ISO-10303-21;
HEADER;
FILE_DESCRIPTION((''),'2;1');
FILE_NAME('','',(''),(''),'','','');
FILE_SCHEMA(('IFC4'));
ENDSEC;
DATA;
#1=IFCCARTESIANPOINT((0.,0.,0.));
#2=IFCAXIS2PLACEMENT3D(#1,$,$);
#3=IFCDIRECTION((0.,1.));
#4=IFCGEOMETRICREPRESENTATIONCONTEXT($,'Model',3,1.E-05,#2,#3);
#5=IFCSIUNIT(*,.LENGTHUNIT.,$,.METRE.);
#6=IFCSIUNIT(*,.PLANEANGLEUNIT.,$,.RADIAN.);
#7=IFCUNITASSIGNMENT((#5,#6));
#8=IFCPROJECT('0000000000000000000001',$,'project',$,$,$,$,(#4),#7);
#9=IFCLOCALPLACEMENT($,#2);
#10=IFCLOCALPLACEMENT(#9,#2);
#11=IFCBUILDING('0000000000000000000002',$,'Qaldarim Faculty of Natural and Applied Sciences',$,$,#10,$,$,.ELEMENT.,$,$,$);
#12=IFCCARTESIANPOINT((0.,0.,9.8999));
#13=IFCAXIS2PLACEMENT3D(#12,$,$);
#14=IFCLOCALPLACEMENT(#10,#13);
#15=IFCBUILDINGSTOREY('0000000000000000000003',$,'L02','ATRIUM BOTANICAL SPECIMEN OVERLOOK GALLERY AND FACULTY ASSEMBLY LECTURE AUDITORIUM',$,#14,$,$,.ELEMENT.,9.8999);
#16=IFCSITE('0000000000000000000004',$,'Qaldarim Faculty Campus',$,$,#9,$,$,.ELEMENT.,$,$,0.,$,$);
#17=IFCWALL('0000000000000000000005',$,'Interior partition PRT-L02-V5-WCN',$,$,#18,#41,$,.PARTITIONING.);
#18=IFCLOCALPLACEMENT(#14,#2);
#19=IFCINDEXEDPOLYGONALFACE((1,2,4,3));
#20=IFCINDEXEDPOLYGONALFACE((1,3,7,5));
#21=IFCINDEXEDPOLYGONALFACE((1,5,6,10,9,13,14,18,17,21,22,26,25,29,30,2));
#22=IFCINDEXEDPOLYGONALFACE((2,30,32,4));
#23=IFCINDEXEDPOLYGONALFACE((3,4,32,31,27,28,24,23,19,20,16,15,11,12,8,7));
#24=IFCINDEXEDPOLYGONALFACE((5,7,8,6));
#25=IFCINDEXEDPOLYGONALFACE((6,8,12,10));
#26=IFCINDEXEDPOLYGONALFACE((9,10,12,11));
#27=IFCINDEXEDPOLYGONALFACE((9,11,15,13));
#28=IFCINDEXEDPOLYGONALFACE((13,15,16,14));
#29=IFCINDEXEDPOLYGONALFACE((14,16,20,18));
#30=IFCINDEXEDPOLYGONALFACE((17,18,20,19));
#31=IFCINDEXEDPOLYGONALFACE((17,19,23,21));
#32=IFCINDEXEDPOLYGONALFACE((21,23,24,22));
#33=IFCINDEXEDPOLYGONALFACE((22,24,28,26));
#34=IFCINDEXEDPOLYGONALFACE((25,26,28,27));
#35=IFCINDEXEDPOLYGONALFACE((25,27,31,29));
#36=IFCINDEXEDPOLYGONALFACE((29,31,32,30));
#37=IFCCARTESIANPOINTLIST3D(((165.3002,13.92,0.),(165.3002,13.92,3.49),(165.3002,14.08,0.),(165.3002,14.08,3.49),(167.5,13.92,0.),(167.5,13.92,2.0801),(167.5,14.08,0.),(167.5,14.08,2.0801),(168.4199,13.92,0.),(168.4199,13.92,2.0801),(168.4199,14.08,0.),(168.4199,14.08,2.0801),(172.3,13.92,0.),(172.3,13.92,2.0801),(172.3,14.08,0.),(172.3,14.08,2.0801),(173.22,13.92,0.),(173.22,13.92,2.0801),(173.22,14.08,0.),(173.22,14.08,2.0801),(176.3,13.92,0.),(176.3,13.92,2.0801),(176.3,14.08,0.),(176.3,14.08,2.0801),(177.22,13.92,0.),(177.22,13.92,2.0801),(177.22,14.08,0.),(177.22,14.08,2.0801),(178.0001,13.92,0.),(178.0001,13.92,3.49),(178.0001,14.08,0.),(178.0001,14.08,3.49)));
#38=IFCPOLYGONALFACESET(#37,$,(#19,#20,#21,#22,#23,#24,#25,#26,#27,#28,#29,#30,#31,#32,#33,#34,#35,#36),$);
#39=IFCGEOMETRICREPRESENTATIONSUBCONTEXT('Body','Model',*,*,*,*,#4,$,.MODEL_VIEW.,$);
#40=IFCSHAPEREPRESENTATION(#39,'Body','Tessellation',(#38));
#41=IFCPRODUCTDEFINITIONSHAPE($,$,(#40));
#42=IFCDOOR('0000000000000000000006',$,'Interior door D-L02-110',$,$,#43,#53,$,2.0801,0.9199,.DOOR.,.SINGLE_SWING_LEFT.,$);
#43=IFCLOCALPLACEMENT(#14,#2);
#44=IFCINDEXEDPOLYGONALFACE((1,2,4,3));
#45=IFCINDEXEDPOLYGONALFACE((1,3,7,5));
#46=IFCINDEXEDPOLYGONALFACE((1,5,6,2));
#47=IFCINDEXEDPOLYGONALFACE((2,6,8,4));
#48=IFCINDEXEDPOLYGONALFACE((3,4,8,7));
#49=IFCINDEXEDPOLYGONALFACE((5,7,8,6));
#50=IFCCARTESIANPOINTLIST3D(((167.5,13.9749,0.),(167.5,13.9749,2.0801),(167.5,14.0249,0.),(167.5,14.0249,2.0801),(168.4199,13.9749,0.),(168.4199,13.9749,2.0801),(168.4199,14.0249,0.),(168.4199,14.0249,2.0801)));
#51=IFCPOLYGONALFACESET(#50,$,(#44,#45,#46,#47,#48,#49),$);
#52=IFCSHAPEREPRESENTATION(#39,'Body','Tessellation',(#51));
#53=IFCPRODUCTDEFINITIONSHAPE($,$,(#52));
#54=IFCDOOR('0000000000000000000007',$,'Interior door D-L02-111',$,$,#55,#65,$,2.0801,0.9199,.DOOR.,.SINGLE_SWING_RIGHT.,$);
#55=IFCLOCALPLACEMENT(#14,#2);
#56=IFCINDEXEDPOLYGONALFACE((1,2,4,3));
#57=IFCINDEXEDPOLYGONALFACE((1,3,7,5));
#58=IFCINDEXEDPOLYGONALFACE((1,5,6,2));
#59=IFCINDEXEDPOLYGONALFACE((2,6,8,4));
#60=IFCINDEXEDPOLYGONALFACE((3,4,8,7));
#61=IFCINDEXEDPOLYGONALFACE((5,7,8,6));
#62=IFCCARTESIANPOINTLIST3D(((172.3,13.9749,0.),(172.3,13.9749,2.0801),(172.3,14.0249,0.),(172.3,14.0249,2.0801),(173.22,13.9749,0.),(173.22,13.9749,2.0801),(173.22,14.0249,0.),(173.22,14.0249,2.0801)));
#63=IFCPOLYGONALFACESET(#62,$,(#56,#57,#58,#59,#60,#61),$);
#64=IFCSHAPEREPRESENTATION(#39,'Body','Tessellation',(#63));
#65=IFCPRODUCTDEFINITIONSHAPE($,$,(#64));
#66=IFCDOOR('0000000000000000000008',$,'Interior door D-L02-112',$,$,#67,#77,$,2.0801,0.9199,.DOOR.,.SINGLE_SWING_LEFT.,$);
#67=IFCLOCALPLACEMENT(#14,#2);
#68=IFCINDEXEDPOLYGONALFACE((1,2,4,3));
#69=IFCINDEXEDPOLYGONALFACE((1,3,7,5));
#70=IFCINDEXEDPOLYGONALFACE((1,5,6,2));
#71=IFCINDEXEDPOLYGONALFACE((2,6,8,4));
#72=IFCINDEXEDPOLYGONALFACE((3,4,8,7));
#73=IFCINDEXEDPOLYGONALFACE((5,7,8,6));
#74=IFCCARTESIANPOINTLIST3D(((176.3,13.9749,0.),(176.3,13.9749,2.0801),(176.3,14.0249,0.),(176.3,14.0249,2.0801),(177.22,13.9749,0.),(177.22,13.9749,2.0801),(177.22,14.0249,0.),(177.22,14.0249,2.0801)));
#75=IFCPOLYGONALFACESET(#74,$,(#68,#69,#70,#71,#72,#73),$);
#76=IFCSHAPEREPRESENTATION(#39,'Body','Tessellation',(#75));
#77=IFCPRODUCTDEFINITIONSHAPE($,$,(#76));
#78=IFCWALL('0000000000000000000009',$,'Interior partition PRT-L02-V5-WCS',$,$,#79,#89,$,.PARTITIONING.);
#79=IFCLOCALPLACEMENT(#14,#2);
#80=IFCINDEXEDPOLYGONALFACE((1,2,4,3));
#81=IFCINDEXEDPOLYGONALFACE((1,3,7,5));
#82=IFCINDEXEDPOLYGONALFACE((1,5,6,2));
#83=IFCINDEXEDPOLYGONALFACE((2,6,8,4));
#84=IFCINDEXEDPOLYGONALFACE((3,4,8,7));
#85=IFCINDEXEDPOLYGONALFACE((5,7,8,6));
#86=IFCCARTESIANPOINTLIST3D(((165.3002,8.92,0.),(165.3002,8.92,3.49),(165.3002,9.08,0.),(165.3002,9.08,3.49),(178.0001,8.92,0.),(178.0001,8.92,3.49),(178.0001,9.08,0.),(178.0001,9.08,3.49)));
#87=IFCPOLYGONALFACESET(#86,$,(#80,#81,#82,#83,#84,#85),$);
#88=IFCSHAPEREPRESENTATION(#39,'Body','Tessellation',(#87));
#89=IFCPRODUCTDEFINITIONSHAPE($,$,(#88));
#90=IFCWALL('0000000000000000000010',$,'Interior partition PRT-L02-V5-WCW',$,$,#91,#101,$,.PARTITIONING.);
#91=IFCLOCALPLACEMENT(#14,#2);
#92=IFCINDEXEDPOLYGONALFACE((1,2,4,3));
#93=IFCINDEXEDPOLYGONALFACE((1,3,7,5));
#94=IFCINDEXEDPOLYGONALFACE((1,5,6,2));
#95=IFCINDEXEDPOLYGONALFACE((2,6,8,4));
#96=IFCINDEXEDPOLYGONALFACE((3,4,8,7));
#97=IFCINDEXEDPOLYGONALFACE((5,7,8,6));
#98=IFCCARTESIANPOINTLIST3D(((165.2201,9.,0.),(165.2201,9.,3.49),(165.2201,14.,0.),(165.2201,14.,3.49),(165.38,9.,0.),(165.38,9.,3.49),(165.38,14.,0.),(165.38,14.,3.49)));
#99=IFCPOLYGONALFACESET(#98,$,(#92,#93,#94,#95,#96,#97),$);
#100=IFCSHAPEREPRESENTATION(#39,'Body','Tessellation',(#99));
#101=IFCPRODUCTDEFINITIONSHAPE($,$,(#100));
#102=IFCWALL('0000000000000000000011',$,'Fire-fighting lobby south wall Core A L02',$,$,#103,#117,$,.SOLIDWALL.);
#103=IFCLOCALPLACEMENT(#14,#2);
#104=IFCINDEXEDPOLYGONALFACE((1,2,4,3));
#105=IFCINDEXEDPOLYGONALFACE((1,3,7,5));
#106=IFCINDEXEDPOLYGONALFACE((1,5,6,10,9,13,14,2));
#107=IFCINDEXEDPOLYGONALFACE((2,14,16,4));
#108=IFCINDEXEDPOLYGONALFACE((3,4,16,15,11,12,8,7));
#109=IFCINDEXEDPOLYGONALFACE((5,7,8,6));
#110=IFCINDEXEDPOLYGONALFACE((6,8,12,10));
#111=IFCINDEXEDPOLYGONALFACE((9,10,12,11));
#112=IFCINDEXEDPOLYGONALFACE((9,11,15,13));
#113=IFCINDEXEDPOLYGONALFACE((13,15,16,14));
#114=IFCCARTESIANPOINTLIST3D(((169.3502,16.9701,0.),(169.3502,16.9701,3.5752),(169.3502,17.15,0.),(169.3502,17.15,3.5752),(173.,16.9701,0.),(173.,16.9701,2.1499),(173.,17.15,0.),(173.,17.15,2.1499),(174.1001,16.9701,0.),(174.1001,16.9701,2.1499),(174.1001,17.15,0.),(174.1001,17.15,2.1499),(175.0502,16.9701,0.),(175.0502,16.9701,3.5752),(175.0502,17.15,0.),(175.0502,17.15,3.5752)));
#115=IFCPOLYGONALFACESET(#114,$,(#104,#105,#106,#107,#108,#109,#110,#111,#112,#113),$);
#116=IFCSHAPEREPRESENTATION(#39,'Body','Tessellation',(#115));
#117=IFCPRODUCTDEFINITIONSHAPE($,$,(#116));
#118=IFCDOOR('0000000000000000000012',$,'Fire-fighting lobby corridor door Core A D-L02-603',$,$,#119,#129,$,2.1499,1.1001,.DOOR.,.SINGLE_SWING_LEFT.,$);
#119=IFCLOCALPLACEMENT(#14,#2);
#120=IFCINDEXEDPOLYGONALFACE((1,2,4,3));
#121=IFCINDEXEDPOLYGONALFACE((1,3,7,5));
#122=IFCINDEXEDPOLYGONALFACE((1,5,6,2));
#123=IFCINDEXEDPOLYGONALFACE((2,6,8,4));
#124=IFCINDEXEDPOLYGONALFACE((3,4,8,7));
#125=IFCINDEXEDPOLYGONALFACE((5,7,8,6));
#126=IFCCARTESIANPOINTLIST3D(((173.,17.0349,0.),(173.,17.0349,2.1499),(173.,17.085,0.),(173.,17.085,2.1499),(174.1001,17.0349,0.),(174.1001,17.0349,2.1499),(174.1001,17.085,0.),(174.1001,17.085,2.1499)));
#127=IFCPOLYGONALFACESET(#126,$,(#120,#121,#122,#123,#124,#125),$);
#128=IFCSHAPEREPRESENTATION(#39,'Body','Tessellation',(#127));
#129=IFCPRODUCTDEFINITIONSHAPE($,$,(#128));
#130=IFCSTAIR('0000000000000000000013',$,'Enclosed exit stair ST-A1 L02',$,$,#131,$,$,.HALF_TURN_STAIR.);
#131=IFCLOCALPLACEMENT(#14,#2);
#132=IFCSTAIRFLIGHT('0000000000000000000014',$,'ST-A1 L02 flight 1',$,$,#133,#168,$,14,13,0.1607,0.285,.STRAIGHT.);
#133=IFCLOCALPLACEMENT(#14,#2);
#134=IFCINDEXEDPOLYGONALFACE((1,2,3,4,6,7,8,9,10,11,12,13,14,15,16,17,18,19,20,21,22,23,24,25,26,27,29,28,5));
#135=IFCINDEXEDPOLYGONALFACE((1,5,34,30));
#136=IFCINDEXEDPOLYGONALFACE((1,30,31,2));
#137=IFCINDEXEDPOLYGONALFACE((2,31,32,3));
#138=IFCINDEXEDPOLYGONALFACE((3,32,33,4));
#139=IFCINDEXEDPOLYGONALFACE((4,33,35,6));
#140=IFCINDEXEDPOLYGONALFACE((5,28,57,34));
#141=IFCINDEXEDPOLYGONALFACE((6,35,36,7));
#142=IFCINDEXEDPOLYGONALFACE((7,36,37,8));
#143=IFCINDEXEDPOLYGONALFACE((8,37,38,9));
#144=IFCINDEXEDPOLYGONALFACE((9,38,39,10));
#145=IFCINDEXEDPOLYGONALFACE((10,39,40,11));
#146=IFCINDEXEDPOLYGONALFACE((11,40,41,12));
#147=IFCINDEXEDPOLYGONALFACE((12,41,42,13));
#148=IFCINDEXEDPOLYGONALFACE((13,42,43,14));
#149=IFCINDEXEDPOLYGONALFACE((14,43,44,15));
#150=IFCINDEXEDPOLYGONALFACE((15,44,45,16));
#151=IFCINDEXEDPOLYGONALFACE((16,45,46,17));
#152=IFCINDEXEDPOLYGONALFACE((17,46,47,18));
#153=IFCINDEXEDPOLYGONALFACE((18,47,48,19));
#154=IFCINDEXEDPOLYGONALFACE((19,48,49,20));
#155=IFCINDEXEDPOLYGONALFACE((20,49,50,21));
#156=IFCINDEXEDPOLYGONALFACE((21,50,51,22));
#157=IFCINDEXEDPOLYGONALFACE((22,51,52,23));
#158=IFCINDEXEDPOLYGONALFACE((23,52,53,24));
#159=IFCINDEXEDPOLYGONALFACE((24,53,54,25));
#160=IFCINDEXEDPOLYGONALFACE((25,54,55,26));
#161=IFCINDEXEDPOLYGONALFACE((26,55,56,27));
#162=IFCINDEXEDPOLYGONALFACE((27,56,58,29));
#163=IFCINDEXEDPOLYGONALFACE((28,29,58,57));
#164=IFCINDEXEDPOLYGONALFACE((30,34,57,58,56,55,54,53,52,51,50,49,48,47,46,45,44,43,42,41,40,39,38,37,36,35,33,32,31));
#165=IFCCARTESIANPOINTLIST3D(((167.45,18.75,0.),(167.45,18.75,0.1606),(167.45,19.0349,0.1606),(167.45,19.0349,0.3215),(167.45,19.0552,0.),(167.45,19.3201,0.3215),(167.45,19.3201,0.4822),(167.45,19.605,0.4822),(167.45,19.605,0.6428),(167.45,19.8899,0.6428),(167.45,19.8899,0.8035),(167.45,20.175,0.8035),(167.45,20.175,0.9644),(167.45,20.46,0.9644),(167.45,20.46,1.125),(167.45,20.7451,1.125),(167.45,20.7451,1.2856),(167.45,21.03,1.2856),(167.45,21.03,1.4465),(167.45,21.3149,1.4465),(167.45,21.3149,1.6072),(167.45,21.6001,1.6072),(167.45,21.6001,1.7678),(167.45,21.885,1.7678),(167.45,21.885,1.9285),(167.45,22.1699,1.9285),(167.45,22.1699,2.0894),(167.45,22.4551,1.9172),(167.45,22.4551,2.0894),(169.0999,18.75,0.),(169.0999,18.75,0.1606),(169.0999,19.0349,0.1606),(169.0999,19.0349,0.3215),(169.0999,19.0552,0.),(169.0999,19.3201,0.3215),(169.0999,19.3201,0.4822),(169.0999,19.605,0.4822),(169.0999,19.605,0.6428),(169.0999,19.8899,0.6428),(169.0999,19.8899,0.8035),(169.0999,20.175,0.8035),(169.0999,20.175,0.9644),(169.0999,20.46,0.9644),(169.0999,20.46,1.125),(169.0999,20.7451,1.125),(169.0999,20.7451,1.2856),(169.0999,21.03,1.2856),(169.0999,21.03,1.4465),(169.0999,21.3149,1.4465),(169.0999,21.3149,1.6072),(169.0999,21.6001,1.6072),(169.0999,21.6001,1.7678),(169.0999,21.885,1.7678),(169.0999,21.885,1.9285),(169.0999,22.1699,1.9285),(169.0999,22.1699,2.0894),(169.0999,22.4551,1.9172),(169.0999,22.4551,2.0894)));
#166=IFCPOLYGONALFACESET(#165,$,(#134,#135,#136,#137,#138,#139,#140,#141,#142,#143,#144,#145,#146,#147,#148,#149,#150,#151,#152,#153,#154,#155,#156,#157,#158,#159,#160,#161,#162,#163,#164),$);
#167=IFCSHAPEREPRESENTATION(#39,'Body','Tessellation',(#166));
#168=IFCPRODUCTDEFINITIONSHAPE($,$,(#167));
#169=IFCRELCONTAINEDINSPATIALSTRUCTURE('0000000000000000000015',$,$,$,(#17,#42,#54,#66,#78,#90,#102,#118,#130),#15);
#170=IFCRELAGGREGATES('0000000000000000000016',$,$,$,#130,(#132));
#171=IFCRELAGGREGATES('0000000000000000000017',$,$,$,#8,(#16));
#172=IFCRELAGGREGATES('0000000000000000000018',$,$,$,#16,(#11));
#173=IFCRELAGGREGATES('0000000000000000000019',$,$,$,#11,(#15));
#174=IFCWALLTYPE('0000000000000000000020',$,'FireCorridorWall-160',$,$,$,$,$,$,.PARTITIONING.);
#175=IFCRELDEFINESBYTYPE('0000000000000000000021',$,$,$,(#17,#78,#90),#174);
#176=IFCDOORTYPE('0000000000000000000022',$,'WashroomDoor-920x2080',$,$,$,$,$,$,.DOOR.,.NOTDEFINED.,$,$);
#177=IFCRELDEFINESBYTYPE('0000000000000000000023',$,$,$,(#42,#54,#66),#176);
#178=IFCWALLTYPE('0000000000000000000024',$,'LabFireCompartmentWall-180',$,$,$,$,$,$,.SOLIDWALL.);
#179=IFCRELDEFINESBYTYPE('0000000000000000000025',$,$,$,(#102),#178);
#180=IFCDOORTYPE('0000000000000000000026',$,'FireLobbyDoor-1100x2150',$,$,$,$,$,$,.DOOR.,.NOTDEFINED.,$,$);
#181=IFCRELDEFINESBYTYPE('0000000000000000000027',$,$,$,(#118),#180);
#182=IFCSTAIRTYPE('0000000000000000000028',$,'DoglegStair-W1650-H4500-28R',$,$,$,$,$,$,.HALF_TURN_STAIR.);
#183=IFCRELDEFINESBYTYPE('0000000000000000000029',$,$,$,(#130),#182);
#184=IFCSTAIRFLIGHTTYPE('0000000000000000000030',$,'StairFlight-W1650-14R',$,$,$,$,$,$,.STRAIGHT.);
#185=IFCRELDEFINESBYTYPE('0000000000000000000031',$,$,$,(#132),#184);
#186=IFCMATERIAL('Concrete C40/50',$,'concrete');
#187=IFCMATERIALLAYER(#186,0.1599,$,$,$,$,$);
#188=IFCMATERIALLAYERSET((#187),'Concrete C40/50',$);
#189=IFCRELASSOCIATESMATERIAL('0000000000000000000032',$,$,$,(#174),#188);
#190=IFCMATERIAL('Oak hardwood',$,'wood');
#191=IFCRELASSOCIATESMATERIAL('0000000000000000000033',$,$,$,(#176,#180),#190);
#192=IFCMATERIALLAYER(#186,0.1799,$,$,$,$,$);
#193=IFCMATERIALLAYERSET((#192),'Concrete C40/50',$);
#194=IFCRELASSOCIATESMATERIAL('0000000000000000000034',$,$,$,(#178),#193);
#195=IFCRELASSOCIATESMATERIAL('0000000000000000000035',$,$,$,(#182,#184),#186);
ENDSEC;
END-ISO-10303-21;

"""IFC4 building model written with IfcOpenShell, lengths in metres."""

from ifc_helpers import new_model, si_unit, direction, frame, frame_2d, origin, place, context, subcontext, project, spatial, polyline, rectangle, outline, extrude, material, layer, layer_set, type_object, element, fill, aggregate, save


model = new_model("IFC4")

# Units and contexts
model_context = context("Model", 3, precision=1e-05, world=origin(), true_north=direction((0.0, 1.0)))
body_context = subcontext(model_context, "Body", "Model", "MODEL_VIEW")
ifc_project = project(units=[si_unit("LENGTHUNIT", "METRE"), si_unit("PLANEANGLEUNIT", "RADIAN")], contexts=[model_context])

# Site, building, storey
site_placement = place(None, origin())
site = spatial("IfcSite", under=ifc_project, at=site_placement, Name="Qaldarim Faculty Campus", CompositionType="ELEMENT", RefElevation=0.0)
building_placement = place(site_placement, origin())
building = spatial("IfcBuilding", under=site, at=building_placement, Name="Qaldarim Faculty of Natural and Applied Sciences", CompositionType="ELEMENT")
storey_placement = place(building_placement, frame((0.0, 0.0, 9.8999)))
storey = spatial("IfcBuildingStorey", under=building, at=storey_placement, Name="L02", Description="ATRIUM BOTANICAL SPECIMEN OVERLOOK GALLERY AND FACULTY ASSEMBLY LECTURE AUDITORIUM", CompositionType="ELEMENT", Elevation=9.8999)

# Shared definitions
ifc_material_1 = material(Name="Concrete C40/50", Category="concrete")

# Wall, openings, doors
ifc_layer_1 = layer(ifc_material_1, 0.1599)
ifc_layer_set_1 = layer_set([ifc_layer_1], Name="Concrete C40/50")
wall_type_1 = type_object("IfcWallType", Name="FireCorridorWall-160", PredefinedType="PARTITIONING", material=ifc_layer_set_1)
wall_1_placement = place(storey_placement, frame((165.3, 14.0, 0.0), z_axis=(0.0, 0.0, 1.0), x_axis=(1.0, 0.0, 0.0)))
wall_1 = element("IfcWall", 1, at=wall_1_placement, inside=storey, type_object=wall_type_1, Name="Interior partition PRT-L02-V5-WCN", PredefinedType="PARTITIONING", context=body_context, shape_type="SweptSolid", body=[
    extrude(rectangle(XDim=12.7, YDim=0.1599, at=frame_2d((6.3501, 0.0))), origin(), (0.0, 0.0, 1.0), 3.49),
])
opening_1_placement = place(wall_1_placement, frame((2.2, 0.0, 0.0)))
opening_1 = element("IfcOpeningElement", 2, at=opening_1_placement, cuts=wall_1, PredefinedType="OPENING", context=body_context, shape_type="SweptSolid", body=[
    extrude(rectangle(XDim=0.9199, YDim=2.0801, at=frame_2d((0.46, 1.04))), frame((0.0, 0.0898, 0.0), z_axis=(0.0, -1.0, 0.0), x_axis=(1.0, 0.0, 0.0)), (0.0, 0.0, 1.0), 0.1799),
])
opening_2_placement = place(wall_1_placement, frame((7.0, 0.0, 0.0)))
opening_2 = element("IfcOpeningElement", 3, at=opening_2_placement, cuts=wall_1, PredefinedType="OPENING", context=body_context, shape_type="SweptSolid", body=[
    extrude(rectangle(XDim=0.9199, YDim=2.0801, at=frame_2d((0.46, 1.04))), frame((0.0, 0.0898, 0.0), z_axis=(0.0, -1.0, 0.0), x_axis=(1.0, 0.0, 0.0)), (0.0, 0.0, 1.0), 0.1799),
])
opening_3_placement = place(wall_1_placement, frame((11.0, 0.0, 0.0)))
opening_3 = element("IfcOpeningElement", 4, at=opening_3_placement, cuts=wall_1, PredefinedType="OPENING", context=body_context, shape_type="SweptSolid", body=[
    extrude(rectangle(XDim=0.9199, YDim=2.0801, at=frame_2d((0.46, 1.04))), frame((0.0, 0.0898, 0.0), z_axis=(0.0, -1.0, 0.0), x_axis=(1.0, 0.0, 0.0)), (0.0, 0.0, 1.0), 0.1799),
])
ifc_material_2 = material(Name="Oak hardwood", Category="wood")
door_type_1 = type_object("IfcDoorType", Name="WashroomDoor-920x2080", OperationType="NOTDEFINED", PredefinedType="DOOR", material=ifc_material_2)
door_1_placement = place(opening_1_placement, origin())
door_1 = element("IfcDoor", 5, at=door_1_placement, inside=storey, type_object=door_type_1, Name="Interior door D-L02-110", OperationType="SINGLE_SWING_LEFT", OverallHeight=2.0801, OverallWidth=0.9199, PredefinedType="DOOR", context=body_context, shape_type="SweptSolid", body=[
    extrude(rectangle(XDim=0.9199, YDim=2.0801, at=frame_2d((0.46, 1.04))), frame((0.0, 0.0249, 0.0), z_axis=(0.0, -1.0, 0.0), x_axis=(1.0, 0.0, 0.0)), (0.0, 0.0, 1.0), 0.05),
])
fill(opening_1, door_1)
door_2_placement = place(opening_2_placement, origin())
door_2 = element("IfcDoor", 6, at=door_2_placement, inside=storey, type_object=door_type_1, Name="Interior door D-L02-111", OperationType="SINGLE_SWING_RIGHT", OverallHeight=2.0801, OverallWidth=0.9199, PredefinedType="DOOR", context=body_context, shape_type="SweptSolid", body=[
    extrude(rectangle(XDim=0.9199, YDim=2.0801, at=frame_2d((0.46, 1.04))), frame((0.0, 0.0249, 0.0), z_axis=(0.0, -1.0, 0.0), x_axis=(1.0, 0.0, 0.0)), (0.0, 0.0, 1.0), 0.05),
])
fill(opening_2, door_2)
door_3_placement = place(opening_3_placement, origin())
door_3 = element("IfcDoor", 7, at=door_3_placement, inside=storey, type_object=door_type_1, Name="Interior door D-L02-112", OperationType="SINGLE_SWING_LEFT", OverallHeight=2.0801, OverallWidth=0.9199, PredefinedType="DOOR", context=body_context, shape_type="SweptSolid", body=[
    extrude(rectangle(XDim=0.9199, YDim=2.0801, at=frame_2d((0.46, 1.04))), frame((0.0, 0.0249, 0.0), z_axis=(0.0, -1.0, 0.0), x_axis=(1.0, 0.0, 0.0)), (0.0, 0.0, 1.0), 0.05),
])
fill(opening_3, door_3)

# Walls
wall_2_placement = place(storey_placement, frame((165.3, 9.0, 0.0), z_axis=(0.0, 0.0, 1.0), x_axis=(1.0, 0.0, 0.0)))
element("IfcWall", 8, at=wall_2_placement, inside=storey, type_object=wall_type_1, Name="Interior partition PRT-L02-V5-WCS", PredefinedType="PARTITIONING", context=body_context, shape_type="SweptSolid", body=[
    extrude(rectangle(XDim=12.7, YDim=0.1599, at=frame_2d((6.3501, 0.0))), origin(), (0.0, 0.0, 1.0), 3.49),
])
wall_3_placement = place(storey_placement, frame((165.3, 9.0, 0.0), z_axis=(0.0, 0.0, 1.0), x_axis=(0.0, 1.0, 0.0)))
element("IfcWall", 9, at=wall_3_placement, inside=storey, type_object=wall_type_1, Name="Interior partition PRT-L02-V5-WCW", PredefinedType="PARTITIONING", context=body_context, shape_type="SweptSolid", body=[
    extrude(rectangle(XDim=5.0, YDim=0.1599, at=frame_2d((2.5, 0.0))), origin(), (0.0, 0.0, 1.0), 3.49),
])

# Wall, opening, door
ifc_layer_2 = layer(ifc_material_1, 0.1799)
ifc_layer_set_2 = layer_set([ifc_layer_2], Name="Concrete C40/50")
wall_type_2 = type_object("IfcWallType", Name="LabFireCompartmentWall-180", PredefinedType="SOLIDWALL", material=ifc_layer_set_2)
wall_4_placement = place(storey_placement, frame((169.3501, 17.0601, 0.0), z_axis=(0.0, 0.0, 1.0), x_axis=(1.0, 0.0, 0.0)))
wall_4 = element("IfcWall", 10, at=wall_4_placement, inside=storey, type_object=wall_type_2, Name="Fire-fighting lobby south wall Core A L02", PredefinedType="SOLIDWALL", context=body_context, shape_type="SweptSolid", body=[
    extrude(rectangle(XDim=5.7, YDim=0.1799, at=frame_2d((2.8501, 0.0))), origin(), (0.0, 0.0, 1.0), 3.5752),
])
opening_4_placement = place(wall_4_placement, frame((3.6499, 0.0, 0.0)))
opening_4 = element("IfcOpeningElement", 11, at=opening_4_placement, cuts=wall_4, PredefinedType="OPENING", context=body_context, shape_type="SweptSolid", body=[
    extrude(rectangle(XDim=1.1001, YDim=2.1499, at=frame_2d((0.55, 1.075))), frame((0.0, 0.0999, 0.0), z_axis=(0.0, -1.0, 0.0), x_axis=(1.0, 0.0, 0.0)), (0.0, 0.0, 1.0), 0.2),
])
door_type_2 = type_object("IfcDoorType", Name="FireLobbyDoor-1100x2150", OperationType="NOTDEFINED", PredefinedType="DOOR", material=ifc_material_2)
door_4_placement = place(opening_4_placement, origin())
door_4 = element("IfcDoor", 12, at=door_4_placement, inside=storey, type_object=door_type_2, Name="Fire-fighting lobby corridor door Core A D-L02-603", OperationType="SINGLE_SWING_LEFT", OverallHeight=2.1499, OverallWidth=1.1001, PredefinedType="DOOR", context=body_context, shape_type="SweptSolid", body=[
    extrude(rectangle(XDim=1.1001, YDim=2.1499, at=frame_2d((0.55, 1.075))), frame((0.0, 0.0249, 0.0), z_axis=(0.0, -1.0, 0.0), x_axis=(1.0, 0.0, 0.0)), (0.0, 0.0, 1.0), 0.05),
])
fill(opening_4, door_4)

# Stair, stair flight
stair_type = type_object("IfcStairType", Name="DoglegStair-W1650-H4500-28R", PredefinedType="HALF_TURN_STAIR", material=ifc_material_1)
stair_placement = place(storey_placement, origin())
stair = element("IfcStair", 13, at=stair_placement, inside=storey, type_object=stair_type, Name="Enclosed exit stair ST-A1 L02", PredefinedType="HALF_TURN_STAIR")
stair_flight_type = type_object("IfcStairFlightType", Name="StairFlight-W1650-14R", PredefinedType="STRAIGHT", material=ifc_material_1)
stair_flight_placement = place(storey_placement, frame((168.2749, 18.75, 0.0), z_axis=(0.0, 0.0, 1.0), x_axis=(0.0, 1.0, 0.0)))
stair_flight = element("IfcStairFlight", 14, at=stair_flight_placement, type_object=stair_flight_type, Name="ST-A1 L02 flight 1", NumberOfRisers=14, NumberOfTreads=13, PredefinedType="STRAIGHT", RiserHeight=0.1607, TreadLength=0.285, context=body_context, shape_type="SweptSolid", body=[
    extrude(outline(polyline([(0.0, 0.0), (0.0, 0.1606), (0.2849, 0.1606), (0.2849, 0.3215), (0.5701, 0.3215), (0.5701, 0.4822), (0.855, 0.4822), (0.855, 0.6428), (1.1399, 0.6428), (1.1399, 0.8035), (1.425, 0.8035), (1.425, 0.9644), (1.71, 0.9644), (1.71, 1.125), (1.9951, 1.125), (1.9951, 1.2856), (2.28, 1.2856), (2.28, 1.4465), (2.5649, 1.4465), (2.5649, 1.6072), (2.8501, 1.6072), (2.8501, 1.7678), (3.135, 1.7678), (3.135, 1.9285), (3.4199, 1.9285), (3.4199, 2.0894), (3.7051, 2.0894), (3.7051, 2.25), (3.7051, 1.9172), (0.3052, 0.0), (0.0, 0.0)])), frame((0.0, 0.825, 0.0), z_axis=(0.0, -1.0, 0.0), x_axis=(1.0, 0.0, 0.0)), (0.0, 0.0, 1.0), 1.6499),
])
aggregate(stair, [stair_flight])

save(model, "model.ifc")
